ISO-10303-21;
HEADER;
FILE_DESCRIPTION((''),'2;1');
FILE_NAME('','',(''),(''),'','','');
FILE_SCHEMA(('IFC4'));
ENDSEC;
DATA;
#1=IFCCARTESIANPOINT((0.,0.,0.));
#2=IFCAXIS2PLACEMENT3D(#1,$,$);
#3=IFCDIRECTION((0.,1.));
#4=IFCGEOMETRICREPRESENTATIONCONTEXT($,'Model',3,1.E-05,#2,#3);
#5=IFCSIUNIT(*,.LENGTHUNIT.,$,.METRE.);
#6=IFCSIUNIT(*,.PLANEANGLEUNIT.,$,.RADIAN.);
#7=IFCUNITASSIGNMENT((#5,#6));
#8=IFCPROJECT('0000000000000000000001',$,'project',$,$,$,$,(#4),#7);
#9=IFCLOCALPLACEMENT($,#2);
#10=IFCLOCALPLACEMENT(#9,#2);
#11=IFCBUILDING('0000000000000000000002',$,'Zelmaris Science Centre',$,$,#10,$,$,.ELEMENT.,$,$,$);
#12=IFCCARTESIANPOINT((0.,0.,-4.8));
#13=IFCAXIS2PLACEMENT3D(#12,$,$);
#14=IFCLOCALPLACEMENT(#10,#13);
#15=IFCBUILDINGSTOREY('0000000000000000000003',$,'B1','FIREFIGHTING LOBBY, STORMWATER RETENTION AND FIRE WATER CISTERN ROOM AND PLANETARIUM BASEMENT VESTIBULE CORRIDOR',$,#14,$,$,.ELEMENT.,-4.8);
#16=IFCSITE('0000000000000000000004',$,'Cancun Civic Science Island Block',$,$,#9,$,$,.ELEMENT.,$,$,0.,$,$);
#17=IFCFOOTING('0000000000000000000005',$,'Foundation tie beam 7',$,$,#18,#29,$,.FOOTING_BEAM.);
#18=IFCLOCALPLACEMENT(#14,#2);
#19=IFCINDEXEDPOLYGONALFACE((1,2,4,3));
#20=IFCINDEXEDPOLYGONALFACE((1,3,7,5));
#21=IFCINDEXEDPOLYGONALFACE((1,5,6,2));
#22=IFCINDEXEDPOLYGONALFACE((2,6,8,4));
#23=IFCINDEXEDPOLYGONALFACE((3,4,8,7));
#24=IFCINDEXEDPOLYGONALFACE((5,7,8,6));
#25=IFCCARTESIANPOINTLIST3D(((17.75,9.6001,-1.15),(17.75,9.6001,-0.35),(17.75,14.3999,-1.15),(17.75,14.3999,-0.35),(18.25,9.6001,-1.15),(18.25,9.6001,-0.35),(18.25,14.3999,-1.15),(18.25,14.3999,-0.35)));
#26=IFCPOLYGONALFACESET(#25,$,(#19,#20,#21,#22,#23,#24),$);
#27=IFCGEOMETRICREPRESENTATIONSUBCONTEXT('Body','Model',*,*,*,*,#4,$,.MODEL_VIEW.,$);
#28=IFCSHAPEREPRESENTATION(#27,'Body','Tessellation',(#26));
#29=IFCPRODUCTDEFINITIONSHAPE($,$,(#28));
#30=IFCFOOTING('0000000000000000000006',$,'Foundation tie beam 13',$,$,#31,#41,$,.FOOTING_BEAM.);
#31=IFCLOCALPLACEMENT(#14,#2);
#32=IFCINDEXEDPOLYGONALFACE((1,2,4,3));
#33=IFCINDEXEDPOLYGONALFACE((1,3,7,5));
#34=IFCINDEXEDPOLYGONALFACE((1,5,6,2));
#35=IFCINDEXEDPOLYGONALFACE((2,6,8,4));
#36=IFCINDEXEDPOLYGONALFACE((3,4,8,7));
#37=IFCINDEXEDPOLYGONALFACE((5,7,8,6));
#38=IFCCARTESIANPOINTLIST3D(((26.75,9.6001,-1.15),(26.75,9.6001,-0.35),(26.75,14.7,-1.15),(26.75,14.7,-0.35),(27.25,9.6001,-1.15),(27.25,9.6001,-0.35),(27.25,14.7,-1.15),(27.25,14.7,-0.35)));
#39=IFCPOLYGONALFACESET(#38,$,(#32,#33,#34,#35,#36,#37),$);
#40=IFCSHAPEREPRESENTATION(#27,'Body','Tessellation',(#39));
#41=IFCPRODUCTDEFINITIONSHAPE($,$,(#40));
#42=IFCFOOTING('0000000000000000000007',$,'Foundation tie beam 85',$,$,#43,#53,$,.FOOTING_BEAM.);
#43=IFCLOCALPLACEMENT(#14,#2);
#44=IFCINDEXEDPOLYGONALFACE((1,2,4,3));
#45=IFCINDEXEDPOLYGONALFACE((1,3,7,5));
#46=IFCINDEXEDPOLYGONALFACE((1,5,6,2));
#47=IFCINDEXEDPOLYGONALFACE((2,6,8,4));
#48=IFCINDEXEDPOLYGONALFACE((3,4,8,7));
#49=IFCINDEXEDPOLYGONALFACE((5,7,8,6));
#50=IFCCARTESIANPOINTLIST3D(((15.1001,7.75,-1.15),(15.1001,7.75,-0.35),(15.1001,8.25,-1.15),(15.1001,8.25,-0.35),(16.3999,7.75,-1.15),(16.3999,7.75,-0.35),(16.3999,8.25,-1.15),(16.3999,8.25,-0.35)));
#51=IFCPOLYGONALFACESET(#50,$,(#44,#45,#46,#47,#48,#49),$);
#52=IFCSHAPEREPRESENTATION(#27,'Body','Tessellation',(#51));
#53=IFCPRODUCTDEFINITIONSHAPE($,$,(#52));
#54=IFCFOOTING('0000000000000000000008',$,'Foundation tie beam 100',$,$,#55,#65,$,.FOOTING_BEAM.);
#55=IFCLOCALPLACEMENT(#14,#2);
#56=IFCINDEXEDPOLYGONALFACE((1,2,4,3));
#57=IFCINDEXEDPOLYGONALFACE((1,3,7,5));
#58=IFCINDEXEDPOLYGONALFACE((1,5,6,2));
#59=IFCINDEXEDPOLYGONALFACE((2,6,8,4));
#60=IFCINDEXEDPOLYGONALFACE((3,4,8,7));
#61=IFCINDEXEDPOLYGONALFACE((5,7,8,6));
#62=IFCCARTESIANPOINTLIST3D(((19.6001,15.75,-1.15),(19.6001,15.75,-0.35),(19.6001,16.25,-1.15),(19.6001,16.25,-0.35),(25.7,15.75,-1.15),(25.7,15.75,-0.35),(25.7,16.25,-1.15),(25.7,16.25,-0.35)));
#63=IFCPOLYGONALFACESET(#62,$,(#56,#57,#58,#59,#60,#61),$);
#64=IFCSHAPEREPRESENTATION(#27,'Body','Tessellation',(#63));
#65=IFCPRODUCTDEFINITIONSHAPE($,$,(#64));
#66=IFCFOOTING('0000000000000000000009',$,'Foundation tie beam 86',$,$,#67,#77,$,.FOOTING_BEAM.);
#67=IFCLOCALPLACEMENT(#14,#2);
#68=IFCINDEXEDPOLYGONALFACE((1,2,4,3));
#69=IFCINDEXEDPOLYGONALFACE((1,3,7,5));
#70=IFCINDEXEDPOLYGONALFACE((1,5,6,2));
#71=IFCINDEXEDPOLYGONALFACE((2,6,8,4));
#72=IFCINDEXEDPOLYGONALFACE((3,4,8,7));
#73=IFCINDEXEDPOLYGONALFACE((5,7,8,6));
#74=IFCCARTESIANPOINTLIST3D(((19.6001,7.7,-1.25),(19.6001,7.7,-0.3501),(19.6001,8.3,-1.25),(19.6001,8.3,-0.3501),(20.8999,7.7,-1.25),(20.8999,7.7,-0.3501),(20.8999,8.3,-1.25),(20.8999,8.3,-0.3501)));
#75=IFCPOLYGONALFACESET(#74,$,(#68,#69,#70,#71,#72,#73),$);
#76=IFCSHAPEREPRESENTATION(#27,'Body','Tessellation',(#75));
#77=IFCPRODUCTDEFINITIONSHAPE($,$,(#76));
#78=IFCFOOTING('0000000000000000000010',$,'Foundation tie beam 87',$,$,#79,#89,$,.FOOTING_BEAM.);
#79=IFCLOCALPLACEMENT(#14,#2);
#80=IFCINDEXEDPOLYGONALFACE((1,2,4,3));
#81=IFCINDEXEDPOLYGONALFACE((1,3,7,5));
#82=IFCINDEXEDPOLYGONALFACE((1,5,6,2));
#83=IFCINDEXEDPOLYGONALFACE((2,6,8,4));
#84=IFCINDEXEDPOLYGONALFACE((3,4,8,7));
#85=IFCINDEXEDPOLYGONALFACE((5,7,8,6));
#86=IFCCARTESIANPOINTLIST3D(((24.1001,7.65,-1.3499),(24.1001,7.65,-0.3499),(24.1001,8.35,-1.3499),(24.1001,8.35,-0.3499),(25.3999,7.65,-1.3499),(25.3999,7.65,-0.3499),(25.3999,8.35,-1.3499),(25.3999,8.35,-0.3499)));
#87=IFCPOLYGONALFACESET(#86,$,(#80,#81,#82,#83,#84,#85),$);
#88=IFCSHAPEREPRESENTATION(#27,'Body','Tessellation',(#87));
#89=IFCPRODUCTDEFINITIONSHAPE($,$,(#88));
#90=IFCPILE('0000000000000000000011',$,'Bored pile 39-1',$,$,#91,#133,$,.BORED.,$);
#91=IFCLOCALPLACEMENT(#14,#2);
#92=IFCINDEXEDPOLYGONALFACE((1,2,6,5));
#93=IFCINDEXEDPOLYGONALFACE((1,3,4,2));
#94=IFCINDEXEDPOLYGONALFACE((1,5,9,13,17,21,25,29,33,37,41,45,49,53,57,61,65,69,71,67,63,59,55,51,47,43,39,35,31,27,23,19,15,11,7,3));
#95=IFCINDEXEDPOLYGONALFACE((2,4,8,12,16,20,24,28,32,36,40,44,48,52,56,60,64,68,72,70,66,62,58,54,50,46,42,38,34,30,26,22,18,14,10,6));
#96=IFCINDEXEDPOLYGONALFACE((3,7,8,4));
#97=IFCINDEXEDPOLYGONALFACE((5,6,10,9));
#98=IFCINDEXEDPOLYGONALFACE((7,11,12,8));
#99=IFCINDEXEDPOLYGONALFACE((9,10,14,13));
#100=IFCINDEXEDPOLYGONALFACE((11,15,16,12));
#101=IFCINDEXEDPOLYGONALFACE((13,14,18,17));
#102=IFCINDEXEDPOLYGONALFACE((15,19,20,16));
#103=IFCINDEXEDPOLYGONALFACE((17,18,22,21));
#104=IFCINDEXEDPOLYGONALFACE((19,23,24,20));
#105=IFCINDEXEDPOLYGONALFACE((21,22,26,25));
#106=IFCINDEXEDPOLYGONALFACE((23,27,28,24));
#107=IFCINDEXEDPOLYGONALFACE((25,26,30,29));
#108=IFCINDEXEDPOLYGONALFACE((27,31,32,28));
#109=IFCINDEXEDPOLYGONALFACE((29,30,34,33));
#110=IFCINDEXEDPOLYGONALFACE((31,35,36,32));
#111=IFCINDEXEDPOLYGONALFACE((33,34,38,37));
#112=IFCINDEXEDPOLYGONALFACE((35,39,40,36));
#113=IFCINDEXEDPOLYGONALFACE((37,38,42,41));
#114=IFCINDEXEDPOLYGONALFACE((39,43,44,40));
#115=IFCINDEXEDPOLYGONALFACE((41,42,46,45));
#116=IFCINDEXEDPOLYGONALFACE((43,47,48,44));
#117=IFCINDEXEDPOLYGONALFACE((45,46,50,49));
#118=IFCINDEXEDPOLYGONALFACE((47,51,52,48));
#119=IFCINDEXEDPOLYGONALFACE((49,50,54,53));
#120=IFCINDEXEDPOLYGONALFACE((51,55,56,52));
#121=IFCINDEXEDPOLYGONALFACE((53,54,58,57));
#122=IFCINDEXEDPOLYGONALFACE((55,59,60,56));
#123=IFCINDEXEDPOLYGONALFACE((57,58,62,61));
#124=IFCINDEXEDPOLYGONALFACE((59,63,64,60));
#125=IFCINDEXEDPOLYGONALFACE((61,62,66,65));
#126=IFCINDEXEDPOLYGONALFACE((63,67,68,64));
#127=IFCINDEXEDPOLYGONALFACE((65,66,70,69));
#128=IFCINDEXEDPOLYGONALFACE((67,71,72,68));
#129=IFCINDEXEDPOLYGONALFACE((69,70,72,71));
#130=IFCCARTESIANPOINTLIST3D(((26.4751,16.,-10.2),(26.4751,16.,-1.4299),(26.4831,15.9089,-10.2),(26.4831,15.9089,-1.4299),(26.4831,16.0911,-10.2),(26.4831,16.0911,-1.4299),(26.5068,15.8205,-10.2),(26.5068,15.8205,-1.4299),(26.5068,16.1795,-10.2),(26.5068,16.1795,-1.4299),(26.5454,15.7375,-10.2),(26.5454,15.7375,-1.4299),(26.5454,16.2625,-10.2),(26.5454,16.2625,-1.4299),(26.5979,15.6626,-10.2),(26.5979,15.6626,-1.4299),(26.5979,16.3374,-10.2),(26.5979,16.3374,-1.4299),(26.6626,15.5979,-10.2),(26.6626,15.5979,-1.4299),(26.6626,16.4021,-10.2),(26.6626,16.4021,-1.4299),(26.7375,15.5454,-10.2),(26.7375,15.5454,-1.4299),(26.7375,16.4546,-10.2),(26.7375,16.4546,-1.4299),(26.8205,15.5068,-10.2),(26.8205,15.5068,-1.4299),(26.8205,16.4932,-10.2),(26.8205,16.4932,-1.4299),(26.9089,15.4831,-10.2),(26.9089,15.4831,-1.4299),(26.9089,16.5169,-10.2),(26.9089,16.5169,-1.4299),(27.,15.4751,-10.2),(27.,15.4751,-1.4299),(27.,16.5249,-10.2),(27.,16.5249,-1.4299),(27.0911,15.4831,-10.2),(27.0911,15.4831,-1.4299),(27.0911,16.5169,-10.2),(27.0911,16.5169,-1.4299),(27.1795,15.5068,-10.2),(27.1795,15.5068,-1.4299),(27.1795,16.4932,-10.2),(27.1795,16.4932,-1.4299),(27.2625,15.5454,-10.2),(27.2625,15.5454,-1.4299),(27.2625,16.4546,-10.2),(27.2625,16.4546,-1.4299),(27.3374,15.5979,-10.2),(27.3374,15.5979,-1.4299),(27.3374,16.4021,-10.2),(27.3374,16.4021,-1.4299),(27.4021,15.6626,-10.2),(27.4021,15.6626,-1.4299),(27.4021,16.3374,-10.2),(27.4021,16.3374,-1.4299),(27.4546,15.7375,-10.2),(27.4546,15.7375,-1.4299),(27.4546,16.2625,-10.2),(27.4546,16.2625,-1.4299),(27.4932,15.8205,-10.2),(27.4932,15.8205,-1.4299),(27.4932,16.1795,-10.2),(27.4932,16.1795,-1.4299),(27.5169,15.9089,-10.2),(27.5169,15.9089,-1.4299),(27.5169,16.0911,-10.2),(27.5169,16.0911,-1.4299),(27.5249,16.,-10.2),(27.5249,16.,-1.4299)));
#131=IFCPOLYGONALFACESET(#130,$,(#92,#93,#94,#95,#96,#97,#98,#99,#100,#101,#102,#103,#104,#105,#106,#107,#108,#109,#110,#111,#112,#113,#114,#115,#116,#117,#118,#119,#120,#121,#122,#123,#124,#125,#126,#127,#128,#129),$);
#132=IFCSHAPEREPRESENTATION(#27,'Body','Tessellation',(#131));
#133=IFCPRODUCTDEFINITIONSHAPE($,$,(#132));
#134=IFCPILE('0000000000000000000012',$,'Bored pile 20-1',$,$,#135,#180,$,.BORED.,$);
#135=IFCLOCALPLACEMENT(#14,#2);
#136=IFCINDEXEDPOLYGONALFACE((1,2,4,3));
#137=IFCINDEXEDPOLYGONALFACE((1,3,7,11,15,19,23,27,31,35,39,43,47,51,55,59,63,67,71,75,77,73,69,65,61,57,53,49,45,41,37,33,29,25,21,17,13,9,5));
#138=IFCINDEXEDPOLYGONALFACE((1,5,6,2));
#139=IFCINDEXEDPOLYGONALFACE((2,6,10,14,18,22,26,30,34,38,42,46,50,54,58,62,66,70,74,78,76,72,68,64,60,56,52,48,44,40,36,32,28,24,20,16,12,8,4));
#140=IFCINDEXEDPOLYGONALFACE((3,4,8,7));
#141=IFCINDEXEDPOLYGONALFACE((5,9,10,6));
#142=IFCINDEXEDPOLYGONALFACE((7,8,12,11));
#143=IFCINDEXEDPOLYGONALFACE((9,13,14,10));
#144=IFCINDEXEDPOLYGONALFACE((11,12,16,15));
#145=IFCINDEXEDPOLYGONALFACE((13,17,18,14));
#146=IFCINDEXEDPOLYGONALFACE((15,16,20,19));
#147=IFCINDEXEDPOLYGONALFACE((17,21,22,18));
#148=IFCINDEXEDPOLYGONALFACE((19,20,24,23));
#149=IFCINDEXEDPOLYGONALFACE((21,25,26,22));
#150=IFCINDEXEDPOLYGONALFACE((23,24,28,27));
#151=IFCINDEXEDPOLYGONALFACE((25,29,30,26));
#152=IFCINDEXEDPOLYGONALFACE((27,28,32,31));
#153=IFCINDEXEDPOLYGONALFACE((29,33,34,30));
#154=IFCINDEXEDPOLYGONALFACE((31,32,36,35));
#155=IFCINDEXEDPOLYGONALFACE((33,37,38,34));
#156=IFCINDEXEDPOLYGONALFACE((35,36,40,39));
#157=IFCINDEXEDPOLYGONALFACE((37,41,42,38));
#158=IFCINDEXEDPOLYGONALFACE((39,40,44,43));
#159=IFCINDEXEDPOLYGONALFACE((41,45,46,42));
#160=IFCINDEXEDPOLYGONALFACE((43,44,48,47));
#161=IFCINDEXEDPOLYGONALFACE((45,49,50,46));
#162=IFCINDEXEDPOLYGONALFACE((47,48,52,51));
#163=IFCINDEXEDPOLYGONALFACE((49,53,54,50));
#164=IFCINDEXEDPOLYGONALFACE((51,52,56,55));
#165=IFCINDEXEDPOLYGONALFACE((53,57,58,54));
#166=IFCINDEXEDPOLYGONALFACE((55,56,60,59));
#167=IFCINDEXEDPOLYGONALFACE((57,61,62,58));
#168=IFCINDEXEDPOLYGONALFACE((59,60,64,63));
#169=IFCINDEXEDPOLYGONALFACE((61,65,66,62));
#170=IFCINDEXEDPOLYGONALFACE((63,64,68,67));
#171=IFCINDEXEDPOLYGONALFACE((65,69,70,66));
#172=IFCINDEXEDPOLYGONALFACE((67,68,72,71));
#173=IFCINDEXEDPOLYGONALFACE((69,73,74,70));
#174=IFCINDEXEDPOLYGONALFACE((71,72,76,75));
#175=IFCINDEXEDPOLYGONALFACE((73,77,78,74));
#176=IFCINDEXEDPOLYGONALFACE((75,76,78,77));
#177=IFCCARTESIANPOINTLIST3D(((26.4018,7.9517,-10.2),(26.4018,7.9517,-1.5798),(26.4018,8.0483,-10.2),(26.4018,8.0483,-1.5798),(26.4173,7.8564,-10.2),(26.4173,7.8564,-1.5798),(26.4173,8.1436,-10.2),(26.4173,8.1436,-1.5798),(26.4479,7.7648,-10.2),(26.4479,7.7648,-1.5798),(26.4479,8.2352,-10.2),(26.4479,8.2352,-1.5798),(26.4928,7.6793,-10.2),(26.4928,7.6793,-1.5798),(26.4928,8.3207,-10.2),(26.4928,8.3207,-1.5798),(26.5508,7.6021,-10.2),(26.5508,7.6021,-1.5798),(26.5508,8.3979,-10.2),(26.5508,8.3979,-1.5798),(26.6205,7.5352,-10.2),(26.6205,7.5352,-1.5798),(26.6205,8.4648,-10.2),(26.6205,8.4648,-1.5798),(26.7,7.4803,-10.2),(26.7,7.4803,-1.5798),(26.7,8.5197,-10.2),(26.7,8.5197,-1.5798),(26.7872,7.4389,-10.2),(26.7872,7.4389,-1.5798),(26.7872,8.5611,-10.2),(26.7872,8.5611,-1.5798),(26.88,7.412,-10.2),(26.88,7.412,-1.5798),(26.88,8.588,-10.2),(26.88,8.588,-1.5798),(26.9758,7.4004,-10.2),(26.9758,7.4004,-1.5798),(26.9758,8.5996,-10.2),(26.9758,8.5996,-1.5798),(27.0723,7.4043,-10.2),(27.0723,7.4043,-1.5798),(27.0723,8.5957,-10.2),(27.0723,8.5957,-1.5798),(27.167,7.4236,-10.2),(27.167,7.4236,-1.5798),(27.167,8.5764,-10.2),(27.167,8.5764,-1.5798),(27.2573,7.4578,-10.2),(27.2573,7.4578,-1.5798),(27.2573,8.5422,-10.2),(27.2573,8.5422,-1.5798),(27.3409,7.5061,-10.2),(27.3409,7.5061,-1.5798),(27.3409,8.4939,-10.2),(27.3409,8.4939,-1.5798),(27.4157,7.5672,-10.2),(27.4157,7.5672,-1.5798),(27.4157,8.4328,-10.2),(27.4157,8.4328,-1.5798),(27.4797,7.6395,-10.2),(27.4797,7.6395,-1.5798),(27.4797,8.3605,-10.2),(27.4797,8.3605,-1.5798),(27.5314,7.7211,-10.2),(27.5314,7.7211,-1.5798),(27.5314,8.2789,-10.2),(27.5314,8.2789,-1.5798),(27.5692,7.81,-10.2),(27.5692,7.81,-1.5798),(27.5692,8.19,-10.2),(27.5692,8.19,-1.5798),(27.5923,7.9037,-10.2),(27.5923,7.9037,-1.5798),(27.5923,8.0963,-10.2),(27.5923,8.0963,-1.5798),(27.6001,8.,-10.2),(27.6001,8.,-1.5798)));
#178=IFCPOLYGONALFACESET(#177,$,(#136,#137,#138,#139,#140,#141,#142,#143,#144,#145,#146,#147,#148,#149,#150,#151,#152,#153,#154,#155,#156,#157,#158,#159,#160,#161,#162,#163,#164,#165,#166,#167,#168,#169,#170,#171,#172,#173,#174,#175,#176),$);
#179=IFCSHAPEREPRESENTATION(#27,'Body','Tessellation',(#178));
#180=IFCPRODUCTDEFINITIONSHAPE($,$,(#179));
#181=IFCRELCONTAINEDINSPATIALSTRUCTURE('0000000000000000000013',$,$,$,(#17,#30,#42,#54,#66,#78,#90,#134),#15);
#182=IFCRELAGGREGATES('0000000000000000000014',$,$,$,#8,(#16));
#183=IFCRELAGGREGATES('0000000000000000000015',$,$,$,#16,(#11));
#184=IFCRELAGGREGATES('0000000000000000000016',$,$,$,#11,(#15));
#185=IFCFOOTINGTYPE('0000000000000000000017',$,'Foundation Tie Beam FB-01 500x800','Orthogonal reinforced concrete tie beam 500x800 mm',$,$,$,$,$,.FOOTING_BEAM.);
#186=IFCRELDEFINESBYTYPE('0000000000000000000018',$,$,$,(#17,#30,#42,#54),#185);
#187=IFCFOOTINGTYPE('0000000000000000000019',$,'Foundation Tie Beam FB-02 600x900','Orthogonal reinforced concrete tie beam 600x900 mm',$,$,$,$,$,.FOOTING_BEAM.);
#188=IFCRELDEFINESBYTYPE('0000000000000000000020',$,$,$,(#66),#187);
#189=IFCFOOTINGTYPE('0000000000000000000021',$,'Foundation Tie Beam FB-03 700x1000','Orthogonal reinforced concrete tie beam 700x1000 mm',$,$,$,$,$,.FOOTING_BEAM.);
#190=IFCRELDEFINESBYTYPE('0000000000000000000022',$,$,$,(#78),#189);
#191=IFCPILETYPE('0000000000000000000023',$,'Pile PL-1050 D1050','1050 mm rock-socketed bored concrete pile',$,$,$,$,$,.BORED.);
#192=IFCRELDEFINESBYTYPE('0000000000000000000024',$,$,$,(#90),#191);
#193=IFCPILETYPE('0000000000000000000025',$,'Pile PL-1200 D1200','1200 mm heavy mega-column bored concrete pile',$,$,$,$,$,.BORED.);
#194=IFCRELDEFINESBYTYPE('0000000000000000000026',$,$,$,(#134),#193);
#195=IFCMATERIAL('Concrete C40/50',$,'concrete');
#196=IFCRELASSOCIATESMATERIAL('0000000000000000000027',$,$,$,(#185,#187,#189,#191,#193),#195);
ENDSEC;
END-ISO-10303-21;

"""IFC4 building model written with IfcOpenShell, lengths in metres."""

from ifc_helpers import new_model, si_unit, direction, frame, origin, origin_2d, place, context, subcontext, project, spatial, rectangle, circle, extrude, material, material_profile, profile_set, type_object, element, save


model = new_model("IFC4")

# Units and contexts
model_context = context("Model", 3, precision=1e-05, world=origin(), true_north=direction((0.0, 1.0)))
body_context = subcontext(model_context, "Body", "Model", "MODEL_VIEW")
ifc_project = project(units=[si_unit("LENGTHUNIT", "METRE"), si_unit("PLANEANGLEUNIT", "RADIAN")], contexts=[model_context])

# Site, building, storey
site_placement = place(None, origin())
site = spatial("IfcSite", under=ifc_project, at=site_placement, Name="Cancun Civic Science Island Block", CompositionType="ELEMENT", RefElevation=0.0)
building_placement = place(site_placement, origin())
building = spatial("IfcBuilding", under=site, at=building_placement, Name="Zelmaris Science Centre", CompositionType="ELEMENT")
storey_placement = place(building_placement, frame((0.0, 0.0, -4.8)))
storey = spatial("IfcBuildingStorey", under=building, at=storey_placement, Name="B1", Description="FIREFIGHTING LOBBY, STORMWATER RETENTION AND FIRE WATER CISTERN ROOM AND PLANETARIUM BASEMENT VESTIBULE CORRIDOR", CompositionType="ELEMENT", Elevation=-4.8)

# Footings
ifc_material_1 = material(Name="Concrete C40/50", Category="concrete")
ifc_material_profile_1 = material_profile(ifc_material_1, rectangle(XDim=0.5, YDim=0.8, at=origin_2d()), Name="FB-500X800")
ifc_profile_set_1 = profile_set([ifc_material_profile_1], Name="Concrete C40/50")
footing_type_1 = type_object("IfcFootingType", Name="Foundation Tie Beam FB-01 500x800", Description="Orthogonal reinforced concrete tie beam 500x800 mm", PredefinedType="FOOTING_BEAM", material=ifc_profile_set_1)
footing_1_placement = place(storey_placement, frame((18.0, 9.6001, -0.75), z_axis=(0.0, 1.0, 0.0), x_axis=(-1.0, 0.0, 0.0)))
element("IfcFooting", 1, at=footing_1_placement, inside=storey, type_object=footing_type_1, Name="Foundation tie beam 7", PredefinedType="FOOTING_BEAM", context=body_context, shape_type="SweptSolid", body=[
    extrude(rectangle(XDim=0.5, YDim=0.8, at=origin_2d()), origin(), (0.0, 0.0, 1.0), 4.7998),
])
footing_2_placement = place(storey_placement, frame((27.0, 9.6001, -0.75), z_axis=(0.0, 1.0, 0.0), x_axis=(-1.0, 0.0, 0.0)))
element("IfcFooting", 2, at=footing_2_placement, inside=storey, type_object=footing_type_1, Name="Foundation tie beam 13", PredefinedType="FOOTING_BEAM", context=body_context, shape_type="SweptSolid", body=[
    extrude(rectangle(XDim=0.5, YDim=0.8, at=origin_2d()), origin(), (0.0, 0.0, 1.0), 5.0999),
])
footing_3_placement = place(storey_placement, frame((15.1001, 8.0, -0.75), z_axis=(1.0, 0.0, 0.0), x_axis=(0.0, 1.0, 0.0)))
element("IfcFooting", 3, at=footing_3_placement, inside=storey, type_object=footing_type_1, Name="Foundation tie beam 85", PredefinedType="FOOTING_BEAM", context=body_context, shape_type="SweptSolid", body=[
    extrude(rectangle(XDim=0.5, YDim=0.8, at=origin_2d()), origin(), (0.0, 0.0, 1.0), 1.2998),
])
footing_4_placement = place(storey_placement, frame((19.6001, 16.0, -0.75), z_axis=(1.0, 0.0, 0.0), x_axis=(0.0, 1.0, 0.0)))
element("IfcFooting", 4, at=footing_4_placement, inside=storey, type_object=footing_type_1, Name="Foundation tie beam 100", PredefinedType="FOOTING_BEAM", context=body_context, shape_type="SweptSolid", body=[
    extrude(rectangle(XDim=0.5, YDim=0.8, at=origin_2d()), origin(), (0.0, 0.0, 1.0), 6.0999),
])
ifc_material_profile_2 = material_profile(ifc_material_1, rectangle(XDim=0.6001, YDim=0.8999, at=origin_2d()), Name="FB-600X900")
ifc_profile_set_2 = profile_set([ifc_material_profile_2], Name="Concrete C40/50")
footing_type_2 = type_object("IfcFootingType", Name="Foundation Tie Beam FB-02 600x900", Description="Orthogonal reinforced concrete tie beam 600x900 mm", PredefinedType="FOOTING_BEAM", material=ifc_profile_set_2)
footing_5_placement = place(storey_placement, frame((19.6001, 8.0, -0.8), z_axis=(1.0, 0.0, 0.0), x_axis=(0.0, 1.0, 0.0)))
element("IfcFooting", 5, at=footing_5_placement, inside=storey, type_object=footing_type_2, Name="Foundation tie beam 86", PredefinedType="FOOTING_BEAM", context=body_context, shape_type="SweptSolid", body=[
    extrude(rectangle(XDim=0.6001, YDim=0.8999, at=origin_2d()), origin(), (0.0, 0.0, 1.0), 1.2998),
])
ifc_material_profile_3 = material_profile(ifc_material_1, rectangle(XDim=0.7, YDim=1.0, at=origin_2d()), Name="FB-700X1000")
ifc_profile_set_3 = profile_set([ifc_material_profile_3], Name="Concrete C40/50")
footing_type_3 = type_object("IfcFootingType", Name="Foundation Tie Beam FB-03 700x1000", Description="Orthogonal reinforced concrete tie beam 700x1000 mm", PredefinedType="FOOTING_BEAM", material=ifc_profile_set_3)
footing_6_placement = place(storey_placement, frame((24.1001, 8.0, -0.8499), z_axis=(1.0, 0.0, 0.0), x_axis=(0.0, 1.0, 0.0)))
element("IfcFooting", 6, at=footing_6_placement, inside=storey, type_object=footing_type_3, Name="Foundation tie beam 87", PredefinedType="FOOTING_BEAM", context=body_context, shape_type="SweptSolid", body=[
    extrude(rectangle(XDim=0.7, YDim=1.0, at=origin_2d()), origin(), (0.0, 0.0, 1.0), 1.2998),
])

# Piles
ifc_material_profile_4 = material_profile(ifc_material_1, circle(Radius=0.5249, at=origin_2d()), Name="PILE-1050")
ifc_profile_set_4 = profile_set([ifc_material_profile_4], Name="Concrete C40/50")
pile_type_1 = type_object("IfcPileType", Name="Pile PL-1050 D1050", Description="1050 mm rock-socketed bored concrete pile", PredefinedType="BORED", material=ifc_profile_set_4)
pile_1_placement = place(storey_placement, frame((27.0, 16.0, -1.4299), z_axis=(0.0, 0.0, -1.0), x_axis=(1.0, 0.0, 0.0)))
element("IfcPile", 7, at=pile_1_placement, inside=storey, type_object=pile_type_1, Name="Bored pile 39-1", PredefinedType="BORED", context=body_context, shape_type="SweptSolid", body=[
    extrude(circle(Radius=0.5249, at=origin_2d()), origin(), (0.0, 0.0, 1.0), 8.77),
])
ifc_material_profile_5 = material_profile(ifc_material_1, circle(Radius=0.6001, at=origin_2d()), Name="PILE-1200")
ifc_profile_set_5 = profile_set([ifc_material_profile_5], Name="Concrete C40/50")
pile_type_2 = type_object("IfcPileType", Name="Pile PL-1200 D1200", Description="1200 mm heavy mega-column bored concrete pile", PredefinedType="BORED", material=ifc_profile_set_5)
pile_2_placement = place(storey_placement, frame((27.0, 8.0, -1.5798), z_axis=(0.0, 0.0, -1.0), x_axis=(1.0, 0.0, 0.0)))
element("IfcPile", 8, at=pile_2_placement, inside=storey, type_object=pile_type_2, Name="Bored pile 20-1", PredefinedType="BORED", context=body_context, shape_type="SweptSolid", body=[
    extrude(circle(Radius=0.6001, at=origin_2d()), origin(), (0.0, 0.0, 1.0), 8.6201),
])

save(model, "model.ifc")
